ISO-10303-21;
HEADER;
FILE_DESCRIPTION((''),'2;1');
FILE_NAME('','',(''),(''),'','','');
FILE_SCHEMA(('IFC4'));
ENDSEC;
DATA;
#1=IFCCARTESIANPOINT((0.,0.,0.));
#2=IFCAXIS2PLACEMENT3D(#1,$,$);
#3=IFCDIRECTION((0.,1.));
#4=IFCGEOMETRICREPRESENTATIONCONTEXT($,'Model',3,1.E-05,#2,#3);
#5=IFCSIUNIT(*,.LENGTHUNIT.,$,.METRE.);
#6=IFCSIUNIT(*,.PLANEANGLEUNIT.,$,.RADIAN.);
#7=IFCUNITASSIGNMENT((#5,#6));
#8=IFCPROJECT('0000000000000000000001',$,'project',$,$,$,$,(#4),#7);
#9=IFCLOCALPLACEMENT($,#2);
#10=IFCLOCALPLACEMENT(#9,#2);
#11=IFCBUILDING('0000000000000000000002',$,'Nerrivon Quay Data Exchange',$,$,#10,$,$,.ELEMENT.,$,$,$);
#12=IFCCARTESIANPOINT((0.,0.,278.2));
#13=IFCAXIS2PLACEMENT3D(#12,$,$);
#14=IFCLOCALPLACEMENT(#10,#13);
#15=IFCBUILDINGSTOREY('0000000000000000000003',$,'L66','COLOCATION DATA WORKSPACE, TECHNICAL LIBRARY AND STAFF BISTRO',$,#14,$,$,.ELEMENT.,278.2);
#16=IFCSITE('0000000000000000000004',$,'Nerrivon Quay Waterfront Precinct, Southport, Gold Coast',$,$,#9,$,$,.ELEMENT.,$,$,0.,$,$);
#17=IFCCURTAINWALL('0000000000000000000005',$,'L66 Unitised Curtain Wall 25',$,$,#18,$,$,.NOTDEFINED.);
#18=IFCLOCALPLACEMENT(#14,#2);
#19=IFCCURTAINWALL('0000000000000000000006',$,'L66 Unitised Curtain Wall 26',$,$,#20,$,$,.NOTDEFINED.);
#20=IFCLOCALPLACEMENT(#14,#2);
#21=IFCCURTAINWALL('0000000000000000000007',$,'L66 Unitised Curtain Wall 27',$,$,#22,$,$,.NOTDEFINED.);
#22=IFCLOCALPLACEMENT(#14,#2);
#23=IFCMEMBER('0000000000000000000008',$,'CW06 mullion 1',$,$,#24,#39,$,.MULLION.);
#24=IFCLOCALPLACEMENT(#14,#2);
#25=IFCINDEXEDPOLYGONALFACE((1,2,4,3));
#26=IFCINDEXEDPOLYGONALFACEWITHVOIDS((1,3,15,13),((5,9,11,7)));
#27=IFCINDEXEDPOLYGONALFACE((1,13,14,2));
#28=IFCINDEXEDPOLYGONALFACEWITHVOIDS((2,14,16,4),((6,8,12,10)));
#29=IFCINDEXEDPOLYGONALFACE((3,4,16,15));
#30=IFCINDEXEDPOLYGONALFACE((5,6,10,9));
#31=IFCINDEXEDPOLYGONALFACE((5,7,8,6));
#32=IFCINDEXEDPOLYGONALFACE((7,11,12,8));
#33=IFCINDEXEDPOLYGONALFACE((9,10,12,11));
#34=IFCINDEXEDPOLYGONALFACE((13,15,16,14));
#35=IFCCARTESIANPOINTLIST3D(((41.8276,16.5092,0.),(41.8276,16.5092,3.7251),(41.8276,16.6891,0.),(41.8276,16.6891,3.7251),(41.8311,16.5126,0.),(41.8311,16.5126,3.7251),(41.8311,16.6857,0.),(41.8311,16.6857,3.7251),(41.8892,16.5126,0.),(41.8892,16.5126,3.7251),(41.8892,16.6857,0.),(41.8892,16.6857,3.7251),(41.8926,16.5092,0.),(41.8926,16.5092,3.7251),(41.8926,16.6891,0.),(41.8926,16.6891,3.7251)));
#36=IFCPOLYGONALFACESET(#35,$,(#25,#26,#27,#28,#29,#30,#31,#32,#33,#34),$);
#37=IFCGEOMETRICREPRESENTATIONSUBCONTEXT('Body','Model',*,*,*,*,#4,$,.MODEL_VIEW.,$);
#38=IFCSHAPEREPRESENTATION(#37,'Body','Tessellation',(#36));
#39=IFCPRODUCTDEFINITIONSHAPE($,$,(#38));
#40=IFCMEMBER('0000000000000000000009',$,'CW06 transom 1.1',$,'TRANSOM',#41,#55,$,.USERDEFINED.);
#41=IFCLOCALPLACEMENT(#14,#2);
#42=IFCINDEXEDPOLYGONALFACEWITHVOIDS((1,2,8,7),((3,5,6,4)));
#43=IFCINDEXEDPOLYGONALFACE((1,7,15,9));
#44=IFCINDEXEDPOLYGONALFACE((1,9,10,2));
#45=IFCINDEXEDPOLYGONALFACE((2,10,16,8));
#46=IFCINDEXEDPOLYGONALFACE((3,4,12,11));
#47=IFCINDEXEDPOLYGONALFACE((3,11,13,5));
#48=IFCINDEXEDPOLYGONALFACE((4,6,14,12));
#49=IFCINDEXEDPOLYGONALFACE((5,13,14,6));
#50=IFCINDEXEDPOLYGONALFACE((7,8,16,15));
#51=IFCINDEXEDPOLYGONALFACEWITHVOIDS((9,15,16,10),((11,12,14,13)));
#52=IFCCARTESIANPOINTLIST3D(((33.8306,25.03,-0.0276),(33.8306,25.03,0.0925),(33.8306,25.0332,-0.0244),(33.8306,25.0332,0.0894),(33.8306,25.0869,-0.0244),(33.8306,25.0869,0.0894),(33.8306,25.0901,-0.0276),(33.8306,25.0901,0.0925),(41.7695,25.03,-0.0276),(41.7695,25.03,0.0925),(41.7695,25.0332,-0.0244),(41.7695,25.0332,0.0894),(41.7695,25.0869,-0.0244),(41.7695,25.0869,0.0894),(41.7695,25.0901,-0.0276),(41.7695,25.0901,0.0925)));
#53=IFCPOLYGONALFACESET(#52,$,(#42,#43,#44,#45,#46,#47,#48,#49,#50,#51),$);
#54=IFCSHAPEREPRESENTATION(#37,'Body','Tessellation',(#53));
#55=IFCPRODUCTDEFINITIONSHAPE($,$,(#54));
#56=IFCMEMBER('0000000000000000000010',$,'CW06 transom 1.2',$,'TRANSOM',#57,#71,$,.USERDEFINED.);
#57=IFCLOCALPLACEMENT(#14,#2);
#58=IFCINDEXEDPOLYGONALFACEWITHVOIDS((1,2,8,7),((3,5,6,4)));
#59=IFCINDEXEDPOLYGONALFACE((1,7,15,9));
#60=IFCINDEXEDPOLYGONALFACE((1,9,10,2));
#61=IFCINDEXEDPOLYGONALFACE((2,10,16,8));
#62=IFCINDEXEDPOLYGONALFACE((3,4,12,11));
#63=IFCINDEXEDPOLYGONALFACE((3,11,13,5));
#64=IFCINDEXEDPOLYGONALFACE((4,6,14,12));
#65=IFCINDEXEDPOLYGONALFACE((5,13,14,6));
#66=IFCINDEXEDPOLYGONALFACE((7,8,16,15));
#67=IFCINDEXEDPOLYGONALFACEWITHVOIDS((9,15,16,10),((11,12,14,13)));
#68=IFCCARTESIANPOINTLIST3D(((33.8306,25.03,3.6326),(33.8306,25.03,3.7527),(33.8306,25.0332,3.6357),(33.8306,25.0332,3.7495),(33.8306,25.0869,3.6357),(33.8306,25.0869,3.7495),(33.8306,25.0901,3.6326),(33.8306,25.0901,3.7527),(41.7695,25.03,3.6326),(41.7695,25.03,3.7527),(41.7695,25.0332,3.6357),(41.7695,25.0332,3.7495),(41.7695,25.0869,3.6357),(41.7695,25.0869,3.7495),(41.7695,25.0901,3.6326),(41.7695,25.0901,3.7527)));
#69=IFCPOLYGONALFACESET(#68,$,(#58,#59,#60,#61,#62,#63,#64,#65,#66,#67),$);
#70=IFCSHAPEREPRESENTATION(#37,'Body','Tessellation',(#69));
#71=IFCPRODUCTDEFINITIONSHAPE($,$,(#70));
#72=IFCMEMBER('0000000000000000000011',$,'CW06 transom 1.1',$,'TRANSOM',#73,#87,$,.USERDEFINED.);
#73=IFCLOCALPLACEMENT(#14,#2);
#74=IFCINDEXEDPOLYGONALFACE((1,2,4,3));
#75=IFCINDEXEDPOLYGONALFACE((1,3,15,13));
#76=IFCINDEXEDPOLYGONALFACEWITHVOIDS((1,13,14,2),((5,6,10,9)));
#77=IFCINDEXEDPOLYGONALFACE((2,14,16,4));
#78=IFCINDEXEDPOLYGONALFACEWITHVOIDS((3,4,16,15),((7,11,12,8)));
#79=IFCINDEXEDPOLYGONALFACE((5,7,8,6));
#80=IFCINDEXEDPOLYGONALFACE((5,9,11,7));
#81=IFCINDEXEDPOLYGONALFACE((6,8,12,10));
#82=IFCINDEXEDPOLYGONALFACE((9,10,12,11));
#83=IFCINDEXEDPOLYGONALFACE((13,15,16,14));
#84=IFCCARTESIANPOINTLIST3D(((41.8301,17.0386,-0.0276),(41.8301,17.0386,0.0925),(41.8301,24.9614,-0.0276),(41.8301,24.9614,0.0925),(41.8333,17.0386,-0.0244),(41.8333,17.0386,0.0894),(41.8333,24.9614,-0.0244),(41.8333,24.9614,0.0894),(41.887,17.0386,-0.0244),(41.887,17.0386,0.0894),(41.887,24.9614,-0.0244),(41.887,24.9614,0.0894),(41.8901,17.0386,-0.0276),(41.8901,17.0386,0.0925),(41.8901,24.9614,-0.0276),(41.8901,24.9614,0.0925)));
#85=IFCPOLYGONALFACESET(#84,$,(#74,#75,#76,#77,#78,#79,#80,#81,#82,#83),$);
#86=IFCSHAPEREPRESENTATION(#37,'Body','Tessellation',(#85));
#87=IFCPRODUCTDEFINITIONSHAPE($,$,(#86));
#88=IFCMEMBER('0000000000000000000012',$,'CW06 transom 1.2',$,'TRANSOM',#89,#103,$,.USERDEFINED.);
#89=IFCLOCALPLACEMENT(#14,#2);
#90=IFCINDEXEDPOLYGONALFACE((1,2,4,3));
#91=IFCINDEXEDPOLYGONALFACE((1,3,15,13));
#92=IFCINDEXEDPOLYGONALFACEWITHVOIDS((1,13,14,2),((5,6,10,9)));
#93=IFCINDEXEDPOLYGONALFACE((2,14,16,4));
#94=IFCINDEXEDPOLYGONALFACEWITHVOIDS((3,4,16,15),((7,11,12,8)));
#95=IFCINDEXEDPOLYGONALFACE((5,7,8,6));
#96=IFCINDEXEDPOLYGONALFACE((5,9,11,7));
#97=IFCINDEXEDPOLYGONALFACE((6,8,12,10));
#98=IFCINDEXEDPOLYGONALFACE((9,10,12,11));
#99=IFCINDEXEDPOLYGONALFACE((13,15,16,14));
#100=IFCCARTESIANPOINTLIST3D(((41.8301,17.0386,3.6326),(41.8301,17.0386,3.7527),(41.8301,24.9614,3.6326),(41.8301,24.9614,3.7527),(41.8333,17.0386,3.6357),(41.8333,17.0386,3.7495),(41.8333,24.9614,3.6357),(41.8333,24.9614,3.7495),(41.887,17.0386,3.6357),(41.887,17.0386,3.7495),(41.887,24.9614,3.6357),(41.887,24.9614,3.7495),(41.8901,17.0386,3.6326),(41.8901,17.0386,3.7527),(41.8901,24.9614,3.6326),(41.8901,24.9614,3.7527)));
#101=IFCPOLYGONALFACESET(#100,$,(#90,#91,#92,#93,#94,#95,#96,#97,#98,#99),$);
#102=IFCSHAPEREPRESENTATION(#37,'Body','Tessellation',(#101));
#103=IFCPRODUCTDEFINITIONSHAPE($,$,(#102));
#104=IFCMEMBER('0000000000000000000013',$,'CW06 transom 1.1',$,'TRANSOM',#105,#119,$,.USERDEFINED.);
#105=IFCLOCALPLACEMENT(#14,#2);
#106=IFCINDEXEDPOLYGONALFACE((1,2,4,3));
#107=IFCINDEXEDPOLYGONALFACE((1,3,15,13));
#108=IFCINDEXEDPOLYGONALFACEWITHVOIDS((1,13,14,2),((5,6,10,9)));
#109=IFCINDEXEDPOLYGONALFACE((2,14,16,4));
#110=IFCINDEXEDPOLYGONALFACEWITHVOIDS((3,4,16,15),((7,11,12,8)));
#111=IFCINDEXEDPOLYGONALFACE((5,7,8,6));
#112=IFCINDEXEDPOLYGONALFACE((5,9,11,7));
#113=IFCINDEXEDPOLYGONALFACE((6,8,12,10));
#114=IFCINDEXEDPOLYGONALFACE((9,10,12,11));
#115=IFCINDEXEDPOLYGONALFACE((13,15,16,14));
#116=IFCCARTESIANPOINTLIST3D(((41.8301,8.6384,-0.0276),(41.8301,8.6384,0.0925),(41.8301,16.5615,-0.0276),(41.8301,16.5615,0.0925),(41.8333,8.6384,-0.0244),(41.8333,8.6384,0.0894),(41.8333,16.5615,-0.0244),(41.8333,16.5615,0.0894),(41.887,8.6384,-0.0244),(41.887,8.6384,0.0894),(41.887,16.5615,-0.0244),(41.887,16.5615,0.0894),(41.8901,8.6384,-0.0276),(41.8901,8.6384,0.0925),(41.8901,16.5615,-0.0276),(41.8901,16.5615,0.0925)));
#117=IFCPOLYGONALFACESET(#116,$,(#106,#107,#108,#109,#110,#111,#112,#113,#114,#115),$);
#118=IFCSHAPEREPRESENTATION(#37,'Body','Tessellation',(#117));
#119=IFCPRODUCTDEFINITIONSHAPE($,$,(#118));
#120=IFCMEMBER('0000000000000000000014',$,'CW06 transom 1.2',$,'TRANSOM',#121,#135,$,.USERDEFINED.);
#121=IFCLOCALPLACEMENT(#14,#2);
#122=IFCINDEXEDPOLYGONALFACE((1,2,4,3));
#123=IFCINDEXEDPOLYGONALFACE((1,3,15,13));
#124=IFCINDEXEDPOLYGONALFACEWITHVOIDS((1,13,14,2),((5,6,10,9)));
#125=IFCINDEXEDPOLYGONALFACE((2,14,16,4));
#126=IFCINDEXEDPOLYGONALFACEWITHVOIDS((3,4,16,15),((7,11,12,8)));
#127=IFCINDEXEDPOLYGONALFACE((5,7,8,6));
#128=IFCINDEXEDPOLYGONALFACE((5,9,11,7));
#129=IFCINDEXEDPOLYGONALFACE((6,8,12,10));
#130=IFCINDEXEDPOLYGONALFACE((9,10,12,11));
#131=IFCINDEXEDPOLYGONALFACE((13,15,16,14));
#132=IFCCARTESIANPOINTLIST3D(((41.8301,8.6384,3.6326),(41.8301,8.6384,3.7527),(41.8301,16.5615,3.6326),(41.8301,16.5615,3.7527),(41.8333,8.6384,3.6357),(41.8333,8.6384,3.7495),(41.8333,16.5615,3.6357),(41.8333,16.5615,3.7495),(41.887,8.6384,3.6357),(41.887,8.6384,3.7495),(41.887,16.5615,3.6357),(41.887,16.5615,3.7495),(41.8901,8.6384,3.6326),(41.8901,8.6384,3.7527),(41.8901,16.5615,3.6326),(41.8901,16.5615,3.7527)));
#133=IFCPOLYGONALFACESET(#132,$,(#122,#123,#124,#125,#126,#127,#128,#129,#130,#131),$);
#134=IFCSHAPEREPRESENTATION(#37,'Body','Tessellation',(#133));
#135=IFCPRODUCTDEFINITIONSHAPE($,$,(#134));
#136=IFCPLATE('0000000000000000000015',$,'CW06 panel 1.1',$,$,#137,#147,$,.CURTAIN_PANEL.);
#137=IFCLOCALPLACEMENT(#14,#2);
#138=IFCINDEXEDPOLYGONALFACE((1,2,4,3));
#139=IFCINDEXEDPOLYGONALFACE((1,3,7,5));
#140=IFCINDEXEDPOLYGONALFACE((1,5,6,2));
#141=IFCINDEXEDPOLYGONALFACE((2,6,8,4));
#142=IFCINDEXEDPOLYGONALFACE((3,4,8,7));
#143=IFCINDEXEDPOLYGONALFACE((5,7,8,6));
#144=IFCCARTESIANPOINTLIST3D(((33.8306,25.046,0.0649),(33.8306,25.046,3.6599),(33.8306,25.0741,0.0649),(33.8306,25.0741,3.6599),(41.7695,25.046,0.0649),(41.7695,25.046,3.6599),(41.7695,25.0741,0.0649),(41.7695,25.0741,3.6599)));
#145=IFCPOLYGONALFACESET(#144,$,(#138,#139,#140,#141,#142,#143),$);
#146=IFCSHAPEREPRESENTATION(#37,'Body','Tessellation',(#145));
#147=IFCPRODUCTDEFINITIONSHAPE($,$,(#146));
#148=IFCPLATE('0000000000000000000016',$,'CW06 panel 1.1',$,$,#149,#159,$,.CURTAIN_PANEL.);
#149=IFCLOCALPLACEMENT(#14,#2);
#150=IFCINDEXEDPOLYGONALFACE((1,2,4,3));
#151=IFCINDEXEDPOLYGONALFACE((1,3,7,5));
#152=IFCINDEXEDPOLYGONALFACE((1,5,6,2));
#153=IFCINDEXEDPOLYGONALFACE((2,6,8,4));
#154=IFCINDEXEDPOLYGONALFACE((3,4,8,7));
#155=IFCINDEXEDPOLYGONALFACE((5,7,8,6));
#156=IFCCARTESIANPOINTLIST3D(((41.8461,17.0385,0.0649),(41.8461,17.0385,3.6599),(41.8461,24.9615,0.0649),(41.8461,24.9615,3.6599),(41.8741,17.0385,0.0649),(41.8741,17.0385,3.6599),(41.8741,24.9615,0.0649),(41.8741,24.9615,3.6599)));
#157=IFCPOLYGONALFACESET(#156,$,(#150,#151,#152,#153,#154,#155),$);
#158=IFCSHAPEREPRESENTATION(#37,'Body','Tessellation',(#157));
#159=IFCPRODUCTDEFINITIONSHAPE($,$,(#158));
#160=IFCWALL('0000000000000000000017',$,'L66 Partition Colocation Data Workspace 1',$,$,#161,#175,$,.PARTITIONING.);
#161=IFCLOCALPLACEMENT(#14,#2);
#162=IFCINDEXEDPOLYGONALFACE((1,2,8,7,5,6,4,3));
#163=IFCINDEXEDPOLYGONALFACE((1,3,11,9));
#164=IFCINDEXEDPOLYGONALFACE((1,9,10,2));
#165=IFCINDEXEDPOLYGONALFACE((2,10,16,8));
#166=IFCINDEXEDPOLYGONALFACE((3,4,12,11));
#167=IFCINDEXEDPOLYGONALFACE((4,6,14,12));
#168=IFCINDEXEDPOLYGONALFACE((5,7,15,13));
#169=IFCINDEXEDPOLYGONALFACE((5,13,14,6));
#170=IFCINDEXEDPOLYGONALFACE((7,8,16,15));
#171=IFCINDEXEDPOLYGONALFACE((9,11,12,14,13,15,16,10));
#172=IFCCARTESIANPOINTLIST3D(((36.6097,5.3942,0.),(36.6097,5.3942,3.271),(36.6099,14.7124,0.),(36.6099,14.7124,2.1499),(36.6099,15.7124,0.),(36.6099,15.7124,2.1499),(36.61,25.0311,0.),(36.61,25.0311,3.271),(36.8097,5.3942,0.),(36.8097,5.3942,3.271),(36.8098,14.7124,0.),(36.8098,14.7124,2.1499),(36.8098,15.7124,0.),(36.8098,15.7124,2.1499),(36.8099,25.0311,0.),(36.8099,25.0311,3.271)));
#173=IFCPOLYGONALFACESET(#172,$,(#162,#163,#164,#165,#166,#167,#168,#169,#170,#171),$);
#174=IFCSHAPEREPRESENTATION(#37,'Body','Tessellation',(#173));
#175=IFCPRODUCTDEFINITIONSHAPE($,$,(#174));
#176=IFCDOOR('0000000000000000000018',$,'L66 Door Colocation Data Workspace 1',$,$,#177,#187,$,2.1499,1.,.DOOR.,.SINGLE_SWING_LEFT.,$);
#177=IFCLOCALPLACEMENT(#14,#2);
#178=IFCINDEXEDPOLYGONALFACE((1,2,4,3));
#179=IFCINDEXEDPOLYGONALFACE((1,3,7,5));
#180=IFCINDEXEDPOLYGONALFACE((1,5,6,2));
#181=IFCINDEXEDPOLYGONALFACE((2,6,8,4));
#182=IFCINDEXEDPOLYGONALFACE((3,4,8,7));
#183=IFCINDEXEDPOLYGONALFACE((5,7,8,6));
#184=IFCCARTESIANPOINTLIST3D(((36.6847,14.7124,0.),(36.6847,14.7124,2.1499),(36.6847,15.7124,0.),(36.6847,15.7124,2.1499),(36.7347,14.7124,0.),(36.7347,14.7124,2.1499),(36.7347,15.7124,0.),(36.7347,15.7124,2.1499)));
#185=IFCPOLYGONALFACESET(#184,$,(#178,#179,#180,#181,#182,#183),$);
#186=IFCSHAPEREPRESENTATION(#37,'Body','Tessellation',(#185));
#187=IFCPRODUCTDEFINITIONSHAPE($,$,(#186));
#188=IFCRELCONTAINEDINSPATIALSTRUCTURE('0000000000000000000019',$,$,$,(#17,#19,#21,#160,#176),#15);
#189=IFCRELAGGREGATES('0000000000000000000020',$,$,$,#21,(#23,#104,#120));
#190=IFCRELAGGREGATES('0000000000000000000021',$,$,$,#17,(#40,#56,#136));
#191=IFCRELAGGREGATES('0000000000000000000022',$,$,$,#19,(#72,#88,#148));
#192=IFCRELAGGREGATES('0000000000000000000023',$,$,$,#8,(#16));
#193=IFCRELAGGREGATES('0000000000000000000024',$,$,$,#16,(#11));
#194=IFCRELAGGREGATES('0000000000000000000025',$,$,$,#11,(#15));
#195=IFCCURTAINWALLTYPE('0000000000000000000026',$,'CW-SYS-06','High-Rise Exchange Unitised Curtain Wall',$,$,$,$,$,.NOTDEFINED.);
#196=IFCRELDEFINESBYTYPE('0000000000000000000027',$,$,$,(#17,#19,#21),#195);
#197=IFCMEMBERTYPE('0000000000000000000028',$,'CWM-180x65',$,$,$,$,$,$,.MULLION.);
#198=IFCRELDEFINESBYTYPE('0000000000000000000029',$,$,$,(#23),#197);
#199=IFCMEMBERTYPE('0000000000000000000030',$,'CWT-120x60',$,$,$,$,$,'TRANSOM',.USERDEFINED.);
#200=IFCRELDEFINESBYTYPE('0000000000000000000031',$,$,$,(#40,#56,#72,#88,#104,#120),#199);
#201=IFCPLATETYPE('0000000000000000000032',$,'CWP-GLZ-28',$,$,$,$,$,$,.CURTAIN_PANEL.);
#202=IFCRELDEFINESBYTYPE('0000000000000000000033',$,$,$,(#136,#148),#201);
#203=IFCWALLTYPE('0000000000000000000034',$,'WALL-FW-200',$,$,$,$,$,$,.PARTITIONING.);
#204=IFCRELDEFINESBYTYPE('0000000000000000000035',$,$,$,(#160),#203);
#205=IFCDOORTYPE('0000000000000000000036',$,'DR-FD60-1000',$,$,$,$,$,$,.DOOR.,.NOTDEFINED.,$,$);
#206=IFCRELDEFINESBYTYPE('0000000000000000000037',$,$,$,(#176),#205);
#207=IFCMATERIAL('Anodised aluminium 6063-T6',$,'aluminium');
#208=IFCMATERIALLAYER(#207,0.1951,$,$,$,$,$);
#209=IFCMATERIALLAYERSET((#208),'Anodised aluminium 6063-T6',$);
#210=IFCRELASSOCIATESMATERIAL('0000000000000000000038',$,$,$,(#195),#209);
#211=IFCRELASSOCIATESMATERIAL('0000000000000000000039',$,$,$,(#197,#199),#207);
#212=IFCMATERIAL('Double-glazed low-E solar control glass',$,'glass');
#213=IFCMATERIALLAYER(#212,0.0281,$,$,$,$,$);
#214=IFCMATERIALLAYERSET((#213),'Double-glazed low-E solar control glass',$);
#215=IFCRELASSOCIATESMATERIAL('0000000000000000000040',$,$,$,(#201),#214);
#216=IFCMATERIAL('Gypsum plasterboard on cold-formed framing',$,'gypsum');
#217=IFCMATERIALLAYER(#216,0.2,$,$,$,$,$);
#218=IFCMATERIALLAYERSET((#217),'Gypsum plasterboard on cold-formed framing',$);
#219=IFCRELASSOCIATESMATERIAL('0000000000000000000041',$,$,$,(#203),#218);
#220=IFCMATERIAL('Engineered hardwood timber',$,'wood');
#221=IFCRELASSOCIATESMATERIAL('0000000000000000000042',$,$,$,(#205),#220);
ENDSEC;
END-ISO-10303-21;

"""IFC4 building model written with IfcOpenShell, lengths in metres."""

from ifc_helpers import new_model, si_unit, direction, frame, frame_2d, origin, origin_2d, place, context, subcontext, project, spatial, rectangle, hollow_rectangle, extrude, material, layer, layer_set, material_profile, profile_set, type_object, element, fill, aggregate, save


model = new_model("IFC4")

# Units and contexts
model_context = context("Model", 3, precision=1e-05, world=origin(), true_north=direction((0.0, 1.0)))
body_context = subcontext(model_context, "Body", "Model", "MODEL_VIEW")
ifc_project = project(units=[si_unit("LENGTHUNIT", "METRE"), si_unit("PLANEANGLEUNIT", "RADIAN")], contexts=[model_context])

# Site, building, storey
site_placement = place(None, origin())
site = spatial("IfcSite", under=ifc_project, at=site_placement, Name="Nerrivon Quay Waterfront Precinct, Southport, Gold Coast", CompositionType="ELEMENT", RefElevation=0.0)
building_placement = place(site_placement, origin())
building = spatial("IfcBuilding", under=site, at=building_placement, Name="Nerrivon Quay Data Exchange", CompositionType="ELEMENT")
storey_placement = place(building_placement, frame((0.0, 0.0, 278.2)))
storey = spatial("IfcBuildingStorey", under=building, at=storey_placement, Name="L66", Description="COLOCATION DATA WORKSPACE, TECHNICAL LIBRARY AND STAFF BISTRO", CompositionType="ELEMENT", Elevation=278.2)

# Curtain walls
ifc_material_1 = material(Name="Anodised aluminium 6063-T6", Category="aluminium")
ifc_layer_1 = layer(ifc_material_1, 0.1951)
ifc_layer_set_1 = layer_set([ifc_layer_1], Name="Anodised aluminium 6063-T6")
curtain_wall_type = type_object("IfcCurtainWallType", Name="CW-SYS-06", Description="High-Rise Exchange Unitised Curtain Wall", PredefinedType="NOTDEFINED", material=ifc_layer_set_1)
curtain_wall_1_placement = place(storey_placement, origin())
curtain_wall_1 = element("IfcCurtainWall", 1, at=curtain_wall_1_placement, inside=storey, type_object=curtain_wall_type, Name="L66 Unitised Curtain Wall 25", PredefinedType="NOTDEFINED")
ifc_material_profile_1 = material_profile(ifc_material_1, hollow_rectangle(XDim=0.0649, YDim=0.1799, WallThickness=0.0034, at=origin_2d()), Name="ALU-MULL-180x65")
ifc_profile_set_1 = profile_set([ifc_material_profile_1], Name="Anodised aluminium 6063-T6")
member_type_1 = type_object("IfcMemberType", Name="CWM-180x65", PredefinedType="MULLION", material=ifc_profile_set_1)
curtain_wall_2_placement = place(storey_placement, origin())
curtain_wall_2 = element("IfcCurtainWall", 2, at=curtain_wall_2_placement, inside=storey, type_object=curtain_wall_type, Name="L66 Unitised Curtain Wall 26", PredefinedType="NOTDEFINED")

# Curtain wall, member
curtain_wall_3_placement = place(storey_placement, origin())
curtain_wall_3 = element("IfcCurtainWall", 3, at=curtain_wall_3_placement, inside=storey, type_object=curtain_wall_type, Name="L66 Unitised Curtain Wall 27", PredefinedType="NOTDEFINED")
member_1_placement = place(storey_placement, frame((41.8601, 16.5991, 0.0), z_axis=(0.0, 0.0, 1.0), x_axis=(1.0, 0.0, 0.0)))
member_1 = element("IfcMember", 4, at=member_1_placement, type_object=member_type_1, Name="CW06 mullion 1", PredefinedType="MULLION", context=body_context, shape_type="SweptSolid", body=[
    extrude(hollow_rectangle(XDim=0.0649, YDim=0.1799, WallThickness=0.0034, at=origin_2d()), origin(), (0.0, 0.0, 1.0), 3.7251),
])

# Members
ifc_material_profile_2 = material_profile(ifc_material_1, hollow_rectangle(XDim=0.0601, YDim=0.1201, WallThickness=0.0032, at=origin_2d()), Name="ALU-TRAN-120x60")
ifc_profile_set_2 = profile_set([ifc_material_profile_2], Name="Anodised aluminium 6063-T6")
member_type_2 = type_object("IfcMemberType", Name="CWT-120x60", ElementType="TRANSOM", PredefinedType="USERDEFINED", material=ifc_profile_set_2)
member_2_placement = place(storey_placement, frame((33.8306, 25.0601, 0.0325), z_axis=(1.0, 0.0, 0.0), x_axis=(0.0, 1.0, 0.0)))
member_2 = element("IfcMember", 5, at=member_2_placement, type_object=member_type_2, Name="CW06 transom 1.1", ObjectType="TRANSOM", PredefinedType="USERDEFINED", context=body_context, shape_type="SweptSolid", body=[
    extrude(hollow_rectangle(XDim=0.0601, YDim=0.1201, WallThickness=0.0032, at=origin_2d()), origin(), (0.0, 0.0, 1.0), 7.939),
])
member_3_placement = place(storey_placement, frame((33.8306, 25.0601, 3.6926), z_axis=(1.0, 0.0, 0.0), x_axis=(0.0, 1.0, 0.0)))
member_3 = element("IfcMember", 6, at=member_3_placement, type_object=member_type_2, Name="CW06 transom 1.2", ObjectType="TRANSOM", PredefinedType="USERDEFINED", context=body_context, shape_type="SweptSolid", body=[
    extrude(hollow_rectangle(XDim=0.0601, YDim=0.1201, WallThickness=0.0032, at=origin_2d()), origin(), (0.0, 0.0, 1.0), 7.939),
])
member_4_placement = place(storey_placement, frame((41.8601, 24.9614, 0.0325), z_axis=(0.0, -1.0, 0.0), x_axis=(1.0, 0.0, 0.0)))
member_4 = element("IfcMember", 7, at=member_4_placement, type_object=member_type_2, Name="CW06 transom 1.1", ObjectType="TRANSOM", PredefinedType="USERDEFINED", context=body_context, shape_type="SweptSolid", body=[
    extrude(hollow_rectangle(XDim=0.0601, YDim=0.1201, WallThickness=0.0032, at=origin_2d()), origin(), (0.0, 0.0, 1.0), 7.9229),
])
member_5_placement = place(storey_placement, frame((41.8601, 24.9614, 3.6926), z_axis=(0.0, -1.0, 0.0), x_axis=(1.0, 0.0, 0.0)))
member_5 = element("IfcMember", 8, at=member_5_placement, type_object=member_type_2, Name="CW06 transom 1.2", ObjectType="TRANSOM", PredefinedType="USERDEFINED", context=body_context, shape_type="SweptSolid", body=[
    extrude(hollow_rectangle(XDim=0.0601, YDim=0.1201, WallThickness=0.0032, at=origin_2d()), origin(), (0.0, 0.0, 1.0), 7.9229),
])
member_6_placement = place(storey_placement, frame((41.8601, 16.5615, 0.0325), z_axis=(0.0, -1.0, 0.0), x_axis=(1.0, 0.0, 0.0)))
member_6 = element("IfcMember", 9, at=member_6_placement, type_object=member_type_2, Name="CW06 transom 1.1", ObjectType="TRANSOM", PredefinedType="USERDEFINED", context=body_context, shape_type="SweptSolid", body=[
    extrude(hollow_rectangle(XDim=0.0601, YDim=0.1201, WallThickness=0.0032, at=origin_2d()), origin(), (0.0, 0.0, 1.0), 7.9231),
])
member_7_placement = place(storey_placement, frame((41.8601, 16.5615, 3.6926), z_axis=(0.0, -1.0, 0.0), x_axis=(1.0, 0.0, 0.0)))
member_7 = element("IfcMember", 10, at=member_7_placement, type_object=member_type_2, Name="CW06 transom 1.2", ObjectType="TRANSOM", PredefinedType="USERDEFINED", context=body_context, shape_type="SweptSolid", body=[
    extrude(hollow_rectangle(XDim=0.0601, YDim=0.1201, WallThickness=0.0032, at=origin_2d()), origin(), (0.0, 0.0, 1.0), 7.9231),
])
aggregate(curtain_wall_3, [member_1, member_6, member_7])

# Plates
ifc_material_2 = material(Name="Double-glazed low-E solar control glass", Category="glass")
ifc_layer_2 = layer(ifc_material_2, 0.0281)
ifc_layer_set_2 = layer_set([ifc_layer_2], Name="Double-glazed low-E solar control glass")
plate_type = type_object("IfcPlateType", Name="CWP-GLZ-28", PredefinedType="CURTAIN_PANEL", material=ifc_layer_set_2)
plate_1_placement = place(storey_placement, frame((37.8, 25.0601, 0.0649), z_axis=(0.0, 0.0, 1.0), x_axis=(1.0, 0.0, 0.0)))
plate_1 = element("IfcPlate", 11, at=plate_1_placement, type_object=plate_type, Name="CW06 panel 1.1", PredefinedType="CURTAIN_PANEL", context=body_context, shape_type="SweptSolid", body=[
    extrude(rectangle(XDim=7.939, YDim=0.0281, at=origin_2d()), origin(), (0.0, 0.0, 1.0), 3.595),
])
aggregate(curtain_wall_1, [member_2, member_3, plate_1])
plate_2_placement = place(storey_placement, frame((41.8601, 21.0, 0.0649), z_axis=(0.0, 0.0, 1.0), x_axis=(0.0, -1.0, 0.0)))
plate_2 = element("IfcPlate", 12, at=plate_2_placement, type_object=plate_type, Name="CW06 panel 1.1", PredefinedType="CURTAIN_PANEL", context=body_context, shape_type="SweptSolid", body=[
    extrude(rectangle(XDim=7.9231, YDim=0.0281, at=origin_2d()), origin(), (0.0, 0.0, 1.0), 3.595),
])
aggregate(curtain_wall_2, [member_4, member_5, plate_2])

# Wall, opening, door
ifc_material_3 = material(Name="Gypsum plasterboard on cold-formed framing", Category="gypsum")
ifc_layer_3 = layer(ifc_material_3, 0.2)
ifc_layer_set_3 = layer_set([ifc_layer_3], Name="Gypsum plasterboard on cold-formed framing")
wall_type_1 = type_object("IfcWallType", Name="WALL-FW-200", PredefinedType="PARTITIONING", material=ifc_layer_set_3)
wall_1_placement = place(storey_placement, frame((36.71, 25.031, 0.0), z_axis=(0.0, 0.0, 1.0), x_axis=(-0.000012, -1.0, 0.0)))
wall_1 = element("IfcWall", 13, at=wall_1_placement, inside=storey, type_object=wall_type_1, Name="L66 Partition Colocation Data Workspace 1", PredefinedType="PARTITIONING", context=body_context, shape_type="SweptSolid", body=[
    extrude(rectangle(XDim=19.637, YDim=0.2, at=frame_2d((9.8184, 0.0))), origin(), (0.0, 0.0, 1.0), 3.271),
])
opening_1_placement = place(wall_1_placement, frame((9.3186, 0.0, 0.0)))
opening_1 = element("IfcOpeningElement", 14, at=opening_1_placement, cuts=wall_1, PredefinedType="OPENING", context=body_context, shape_type="SweptSolid", body=[
    extrude(rectangle(XDim=1.0, YDim=2.1499, at=frame_2d((0.5, 1.075))), frame((0.0, 0.1099, 0.0), z_axis=(0.0, -1.0, 0.0), x_axis=(1.0, 0.0, 0.0)), (0.0, 0.0, 1.0), 0.22),
])
ifc_material_4 = material(Name="Engineered hardwood timber", Category="wood")
door_type_1 = type_object("IfcDoorType", Name="DR-FD60-1000", OperationType="NOTDEFINED", PredefinedType="DOOR", material=ifc_material_4)
door_1_placement = place(opening_1_placement, origin())
door_1 = element("IfcDoor", 15, at=door_1_placement, inside=storey, type_object=door_type_1, Name="L66 Door Colocation Data Workspace 1", OperationType="SINGLE_SWING_LEFT", OverallHeight=2.1499, OverallWidth=1.0, PredefinedType="DOOR", context=body_context, shape_type="SweptSolid", body=[
    extrude(rectangle(XDim=1.0, YDim=2.1499, at=frame_2d((0.5, 1.075))), frame((0.0, 0.0249, 0.0), z_axis=(0.0, -1.0, 0.0), x_axis=(1.0, 0.0, 0.0)), (0.0, 0.0, 1.0), 0.05),
])
fill(opening_1, door_1)

save(model, "model.ifc")
